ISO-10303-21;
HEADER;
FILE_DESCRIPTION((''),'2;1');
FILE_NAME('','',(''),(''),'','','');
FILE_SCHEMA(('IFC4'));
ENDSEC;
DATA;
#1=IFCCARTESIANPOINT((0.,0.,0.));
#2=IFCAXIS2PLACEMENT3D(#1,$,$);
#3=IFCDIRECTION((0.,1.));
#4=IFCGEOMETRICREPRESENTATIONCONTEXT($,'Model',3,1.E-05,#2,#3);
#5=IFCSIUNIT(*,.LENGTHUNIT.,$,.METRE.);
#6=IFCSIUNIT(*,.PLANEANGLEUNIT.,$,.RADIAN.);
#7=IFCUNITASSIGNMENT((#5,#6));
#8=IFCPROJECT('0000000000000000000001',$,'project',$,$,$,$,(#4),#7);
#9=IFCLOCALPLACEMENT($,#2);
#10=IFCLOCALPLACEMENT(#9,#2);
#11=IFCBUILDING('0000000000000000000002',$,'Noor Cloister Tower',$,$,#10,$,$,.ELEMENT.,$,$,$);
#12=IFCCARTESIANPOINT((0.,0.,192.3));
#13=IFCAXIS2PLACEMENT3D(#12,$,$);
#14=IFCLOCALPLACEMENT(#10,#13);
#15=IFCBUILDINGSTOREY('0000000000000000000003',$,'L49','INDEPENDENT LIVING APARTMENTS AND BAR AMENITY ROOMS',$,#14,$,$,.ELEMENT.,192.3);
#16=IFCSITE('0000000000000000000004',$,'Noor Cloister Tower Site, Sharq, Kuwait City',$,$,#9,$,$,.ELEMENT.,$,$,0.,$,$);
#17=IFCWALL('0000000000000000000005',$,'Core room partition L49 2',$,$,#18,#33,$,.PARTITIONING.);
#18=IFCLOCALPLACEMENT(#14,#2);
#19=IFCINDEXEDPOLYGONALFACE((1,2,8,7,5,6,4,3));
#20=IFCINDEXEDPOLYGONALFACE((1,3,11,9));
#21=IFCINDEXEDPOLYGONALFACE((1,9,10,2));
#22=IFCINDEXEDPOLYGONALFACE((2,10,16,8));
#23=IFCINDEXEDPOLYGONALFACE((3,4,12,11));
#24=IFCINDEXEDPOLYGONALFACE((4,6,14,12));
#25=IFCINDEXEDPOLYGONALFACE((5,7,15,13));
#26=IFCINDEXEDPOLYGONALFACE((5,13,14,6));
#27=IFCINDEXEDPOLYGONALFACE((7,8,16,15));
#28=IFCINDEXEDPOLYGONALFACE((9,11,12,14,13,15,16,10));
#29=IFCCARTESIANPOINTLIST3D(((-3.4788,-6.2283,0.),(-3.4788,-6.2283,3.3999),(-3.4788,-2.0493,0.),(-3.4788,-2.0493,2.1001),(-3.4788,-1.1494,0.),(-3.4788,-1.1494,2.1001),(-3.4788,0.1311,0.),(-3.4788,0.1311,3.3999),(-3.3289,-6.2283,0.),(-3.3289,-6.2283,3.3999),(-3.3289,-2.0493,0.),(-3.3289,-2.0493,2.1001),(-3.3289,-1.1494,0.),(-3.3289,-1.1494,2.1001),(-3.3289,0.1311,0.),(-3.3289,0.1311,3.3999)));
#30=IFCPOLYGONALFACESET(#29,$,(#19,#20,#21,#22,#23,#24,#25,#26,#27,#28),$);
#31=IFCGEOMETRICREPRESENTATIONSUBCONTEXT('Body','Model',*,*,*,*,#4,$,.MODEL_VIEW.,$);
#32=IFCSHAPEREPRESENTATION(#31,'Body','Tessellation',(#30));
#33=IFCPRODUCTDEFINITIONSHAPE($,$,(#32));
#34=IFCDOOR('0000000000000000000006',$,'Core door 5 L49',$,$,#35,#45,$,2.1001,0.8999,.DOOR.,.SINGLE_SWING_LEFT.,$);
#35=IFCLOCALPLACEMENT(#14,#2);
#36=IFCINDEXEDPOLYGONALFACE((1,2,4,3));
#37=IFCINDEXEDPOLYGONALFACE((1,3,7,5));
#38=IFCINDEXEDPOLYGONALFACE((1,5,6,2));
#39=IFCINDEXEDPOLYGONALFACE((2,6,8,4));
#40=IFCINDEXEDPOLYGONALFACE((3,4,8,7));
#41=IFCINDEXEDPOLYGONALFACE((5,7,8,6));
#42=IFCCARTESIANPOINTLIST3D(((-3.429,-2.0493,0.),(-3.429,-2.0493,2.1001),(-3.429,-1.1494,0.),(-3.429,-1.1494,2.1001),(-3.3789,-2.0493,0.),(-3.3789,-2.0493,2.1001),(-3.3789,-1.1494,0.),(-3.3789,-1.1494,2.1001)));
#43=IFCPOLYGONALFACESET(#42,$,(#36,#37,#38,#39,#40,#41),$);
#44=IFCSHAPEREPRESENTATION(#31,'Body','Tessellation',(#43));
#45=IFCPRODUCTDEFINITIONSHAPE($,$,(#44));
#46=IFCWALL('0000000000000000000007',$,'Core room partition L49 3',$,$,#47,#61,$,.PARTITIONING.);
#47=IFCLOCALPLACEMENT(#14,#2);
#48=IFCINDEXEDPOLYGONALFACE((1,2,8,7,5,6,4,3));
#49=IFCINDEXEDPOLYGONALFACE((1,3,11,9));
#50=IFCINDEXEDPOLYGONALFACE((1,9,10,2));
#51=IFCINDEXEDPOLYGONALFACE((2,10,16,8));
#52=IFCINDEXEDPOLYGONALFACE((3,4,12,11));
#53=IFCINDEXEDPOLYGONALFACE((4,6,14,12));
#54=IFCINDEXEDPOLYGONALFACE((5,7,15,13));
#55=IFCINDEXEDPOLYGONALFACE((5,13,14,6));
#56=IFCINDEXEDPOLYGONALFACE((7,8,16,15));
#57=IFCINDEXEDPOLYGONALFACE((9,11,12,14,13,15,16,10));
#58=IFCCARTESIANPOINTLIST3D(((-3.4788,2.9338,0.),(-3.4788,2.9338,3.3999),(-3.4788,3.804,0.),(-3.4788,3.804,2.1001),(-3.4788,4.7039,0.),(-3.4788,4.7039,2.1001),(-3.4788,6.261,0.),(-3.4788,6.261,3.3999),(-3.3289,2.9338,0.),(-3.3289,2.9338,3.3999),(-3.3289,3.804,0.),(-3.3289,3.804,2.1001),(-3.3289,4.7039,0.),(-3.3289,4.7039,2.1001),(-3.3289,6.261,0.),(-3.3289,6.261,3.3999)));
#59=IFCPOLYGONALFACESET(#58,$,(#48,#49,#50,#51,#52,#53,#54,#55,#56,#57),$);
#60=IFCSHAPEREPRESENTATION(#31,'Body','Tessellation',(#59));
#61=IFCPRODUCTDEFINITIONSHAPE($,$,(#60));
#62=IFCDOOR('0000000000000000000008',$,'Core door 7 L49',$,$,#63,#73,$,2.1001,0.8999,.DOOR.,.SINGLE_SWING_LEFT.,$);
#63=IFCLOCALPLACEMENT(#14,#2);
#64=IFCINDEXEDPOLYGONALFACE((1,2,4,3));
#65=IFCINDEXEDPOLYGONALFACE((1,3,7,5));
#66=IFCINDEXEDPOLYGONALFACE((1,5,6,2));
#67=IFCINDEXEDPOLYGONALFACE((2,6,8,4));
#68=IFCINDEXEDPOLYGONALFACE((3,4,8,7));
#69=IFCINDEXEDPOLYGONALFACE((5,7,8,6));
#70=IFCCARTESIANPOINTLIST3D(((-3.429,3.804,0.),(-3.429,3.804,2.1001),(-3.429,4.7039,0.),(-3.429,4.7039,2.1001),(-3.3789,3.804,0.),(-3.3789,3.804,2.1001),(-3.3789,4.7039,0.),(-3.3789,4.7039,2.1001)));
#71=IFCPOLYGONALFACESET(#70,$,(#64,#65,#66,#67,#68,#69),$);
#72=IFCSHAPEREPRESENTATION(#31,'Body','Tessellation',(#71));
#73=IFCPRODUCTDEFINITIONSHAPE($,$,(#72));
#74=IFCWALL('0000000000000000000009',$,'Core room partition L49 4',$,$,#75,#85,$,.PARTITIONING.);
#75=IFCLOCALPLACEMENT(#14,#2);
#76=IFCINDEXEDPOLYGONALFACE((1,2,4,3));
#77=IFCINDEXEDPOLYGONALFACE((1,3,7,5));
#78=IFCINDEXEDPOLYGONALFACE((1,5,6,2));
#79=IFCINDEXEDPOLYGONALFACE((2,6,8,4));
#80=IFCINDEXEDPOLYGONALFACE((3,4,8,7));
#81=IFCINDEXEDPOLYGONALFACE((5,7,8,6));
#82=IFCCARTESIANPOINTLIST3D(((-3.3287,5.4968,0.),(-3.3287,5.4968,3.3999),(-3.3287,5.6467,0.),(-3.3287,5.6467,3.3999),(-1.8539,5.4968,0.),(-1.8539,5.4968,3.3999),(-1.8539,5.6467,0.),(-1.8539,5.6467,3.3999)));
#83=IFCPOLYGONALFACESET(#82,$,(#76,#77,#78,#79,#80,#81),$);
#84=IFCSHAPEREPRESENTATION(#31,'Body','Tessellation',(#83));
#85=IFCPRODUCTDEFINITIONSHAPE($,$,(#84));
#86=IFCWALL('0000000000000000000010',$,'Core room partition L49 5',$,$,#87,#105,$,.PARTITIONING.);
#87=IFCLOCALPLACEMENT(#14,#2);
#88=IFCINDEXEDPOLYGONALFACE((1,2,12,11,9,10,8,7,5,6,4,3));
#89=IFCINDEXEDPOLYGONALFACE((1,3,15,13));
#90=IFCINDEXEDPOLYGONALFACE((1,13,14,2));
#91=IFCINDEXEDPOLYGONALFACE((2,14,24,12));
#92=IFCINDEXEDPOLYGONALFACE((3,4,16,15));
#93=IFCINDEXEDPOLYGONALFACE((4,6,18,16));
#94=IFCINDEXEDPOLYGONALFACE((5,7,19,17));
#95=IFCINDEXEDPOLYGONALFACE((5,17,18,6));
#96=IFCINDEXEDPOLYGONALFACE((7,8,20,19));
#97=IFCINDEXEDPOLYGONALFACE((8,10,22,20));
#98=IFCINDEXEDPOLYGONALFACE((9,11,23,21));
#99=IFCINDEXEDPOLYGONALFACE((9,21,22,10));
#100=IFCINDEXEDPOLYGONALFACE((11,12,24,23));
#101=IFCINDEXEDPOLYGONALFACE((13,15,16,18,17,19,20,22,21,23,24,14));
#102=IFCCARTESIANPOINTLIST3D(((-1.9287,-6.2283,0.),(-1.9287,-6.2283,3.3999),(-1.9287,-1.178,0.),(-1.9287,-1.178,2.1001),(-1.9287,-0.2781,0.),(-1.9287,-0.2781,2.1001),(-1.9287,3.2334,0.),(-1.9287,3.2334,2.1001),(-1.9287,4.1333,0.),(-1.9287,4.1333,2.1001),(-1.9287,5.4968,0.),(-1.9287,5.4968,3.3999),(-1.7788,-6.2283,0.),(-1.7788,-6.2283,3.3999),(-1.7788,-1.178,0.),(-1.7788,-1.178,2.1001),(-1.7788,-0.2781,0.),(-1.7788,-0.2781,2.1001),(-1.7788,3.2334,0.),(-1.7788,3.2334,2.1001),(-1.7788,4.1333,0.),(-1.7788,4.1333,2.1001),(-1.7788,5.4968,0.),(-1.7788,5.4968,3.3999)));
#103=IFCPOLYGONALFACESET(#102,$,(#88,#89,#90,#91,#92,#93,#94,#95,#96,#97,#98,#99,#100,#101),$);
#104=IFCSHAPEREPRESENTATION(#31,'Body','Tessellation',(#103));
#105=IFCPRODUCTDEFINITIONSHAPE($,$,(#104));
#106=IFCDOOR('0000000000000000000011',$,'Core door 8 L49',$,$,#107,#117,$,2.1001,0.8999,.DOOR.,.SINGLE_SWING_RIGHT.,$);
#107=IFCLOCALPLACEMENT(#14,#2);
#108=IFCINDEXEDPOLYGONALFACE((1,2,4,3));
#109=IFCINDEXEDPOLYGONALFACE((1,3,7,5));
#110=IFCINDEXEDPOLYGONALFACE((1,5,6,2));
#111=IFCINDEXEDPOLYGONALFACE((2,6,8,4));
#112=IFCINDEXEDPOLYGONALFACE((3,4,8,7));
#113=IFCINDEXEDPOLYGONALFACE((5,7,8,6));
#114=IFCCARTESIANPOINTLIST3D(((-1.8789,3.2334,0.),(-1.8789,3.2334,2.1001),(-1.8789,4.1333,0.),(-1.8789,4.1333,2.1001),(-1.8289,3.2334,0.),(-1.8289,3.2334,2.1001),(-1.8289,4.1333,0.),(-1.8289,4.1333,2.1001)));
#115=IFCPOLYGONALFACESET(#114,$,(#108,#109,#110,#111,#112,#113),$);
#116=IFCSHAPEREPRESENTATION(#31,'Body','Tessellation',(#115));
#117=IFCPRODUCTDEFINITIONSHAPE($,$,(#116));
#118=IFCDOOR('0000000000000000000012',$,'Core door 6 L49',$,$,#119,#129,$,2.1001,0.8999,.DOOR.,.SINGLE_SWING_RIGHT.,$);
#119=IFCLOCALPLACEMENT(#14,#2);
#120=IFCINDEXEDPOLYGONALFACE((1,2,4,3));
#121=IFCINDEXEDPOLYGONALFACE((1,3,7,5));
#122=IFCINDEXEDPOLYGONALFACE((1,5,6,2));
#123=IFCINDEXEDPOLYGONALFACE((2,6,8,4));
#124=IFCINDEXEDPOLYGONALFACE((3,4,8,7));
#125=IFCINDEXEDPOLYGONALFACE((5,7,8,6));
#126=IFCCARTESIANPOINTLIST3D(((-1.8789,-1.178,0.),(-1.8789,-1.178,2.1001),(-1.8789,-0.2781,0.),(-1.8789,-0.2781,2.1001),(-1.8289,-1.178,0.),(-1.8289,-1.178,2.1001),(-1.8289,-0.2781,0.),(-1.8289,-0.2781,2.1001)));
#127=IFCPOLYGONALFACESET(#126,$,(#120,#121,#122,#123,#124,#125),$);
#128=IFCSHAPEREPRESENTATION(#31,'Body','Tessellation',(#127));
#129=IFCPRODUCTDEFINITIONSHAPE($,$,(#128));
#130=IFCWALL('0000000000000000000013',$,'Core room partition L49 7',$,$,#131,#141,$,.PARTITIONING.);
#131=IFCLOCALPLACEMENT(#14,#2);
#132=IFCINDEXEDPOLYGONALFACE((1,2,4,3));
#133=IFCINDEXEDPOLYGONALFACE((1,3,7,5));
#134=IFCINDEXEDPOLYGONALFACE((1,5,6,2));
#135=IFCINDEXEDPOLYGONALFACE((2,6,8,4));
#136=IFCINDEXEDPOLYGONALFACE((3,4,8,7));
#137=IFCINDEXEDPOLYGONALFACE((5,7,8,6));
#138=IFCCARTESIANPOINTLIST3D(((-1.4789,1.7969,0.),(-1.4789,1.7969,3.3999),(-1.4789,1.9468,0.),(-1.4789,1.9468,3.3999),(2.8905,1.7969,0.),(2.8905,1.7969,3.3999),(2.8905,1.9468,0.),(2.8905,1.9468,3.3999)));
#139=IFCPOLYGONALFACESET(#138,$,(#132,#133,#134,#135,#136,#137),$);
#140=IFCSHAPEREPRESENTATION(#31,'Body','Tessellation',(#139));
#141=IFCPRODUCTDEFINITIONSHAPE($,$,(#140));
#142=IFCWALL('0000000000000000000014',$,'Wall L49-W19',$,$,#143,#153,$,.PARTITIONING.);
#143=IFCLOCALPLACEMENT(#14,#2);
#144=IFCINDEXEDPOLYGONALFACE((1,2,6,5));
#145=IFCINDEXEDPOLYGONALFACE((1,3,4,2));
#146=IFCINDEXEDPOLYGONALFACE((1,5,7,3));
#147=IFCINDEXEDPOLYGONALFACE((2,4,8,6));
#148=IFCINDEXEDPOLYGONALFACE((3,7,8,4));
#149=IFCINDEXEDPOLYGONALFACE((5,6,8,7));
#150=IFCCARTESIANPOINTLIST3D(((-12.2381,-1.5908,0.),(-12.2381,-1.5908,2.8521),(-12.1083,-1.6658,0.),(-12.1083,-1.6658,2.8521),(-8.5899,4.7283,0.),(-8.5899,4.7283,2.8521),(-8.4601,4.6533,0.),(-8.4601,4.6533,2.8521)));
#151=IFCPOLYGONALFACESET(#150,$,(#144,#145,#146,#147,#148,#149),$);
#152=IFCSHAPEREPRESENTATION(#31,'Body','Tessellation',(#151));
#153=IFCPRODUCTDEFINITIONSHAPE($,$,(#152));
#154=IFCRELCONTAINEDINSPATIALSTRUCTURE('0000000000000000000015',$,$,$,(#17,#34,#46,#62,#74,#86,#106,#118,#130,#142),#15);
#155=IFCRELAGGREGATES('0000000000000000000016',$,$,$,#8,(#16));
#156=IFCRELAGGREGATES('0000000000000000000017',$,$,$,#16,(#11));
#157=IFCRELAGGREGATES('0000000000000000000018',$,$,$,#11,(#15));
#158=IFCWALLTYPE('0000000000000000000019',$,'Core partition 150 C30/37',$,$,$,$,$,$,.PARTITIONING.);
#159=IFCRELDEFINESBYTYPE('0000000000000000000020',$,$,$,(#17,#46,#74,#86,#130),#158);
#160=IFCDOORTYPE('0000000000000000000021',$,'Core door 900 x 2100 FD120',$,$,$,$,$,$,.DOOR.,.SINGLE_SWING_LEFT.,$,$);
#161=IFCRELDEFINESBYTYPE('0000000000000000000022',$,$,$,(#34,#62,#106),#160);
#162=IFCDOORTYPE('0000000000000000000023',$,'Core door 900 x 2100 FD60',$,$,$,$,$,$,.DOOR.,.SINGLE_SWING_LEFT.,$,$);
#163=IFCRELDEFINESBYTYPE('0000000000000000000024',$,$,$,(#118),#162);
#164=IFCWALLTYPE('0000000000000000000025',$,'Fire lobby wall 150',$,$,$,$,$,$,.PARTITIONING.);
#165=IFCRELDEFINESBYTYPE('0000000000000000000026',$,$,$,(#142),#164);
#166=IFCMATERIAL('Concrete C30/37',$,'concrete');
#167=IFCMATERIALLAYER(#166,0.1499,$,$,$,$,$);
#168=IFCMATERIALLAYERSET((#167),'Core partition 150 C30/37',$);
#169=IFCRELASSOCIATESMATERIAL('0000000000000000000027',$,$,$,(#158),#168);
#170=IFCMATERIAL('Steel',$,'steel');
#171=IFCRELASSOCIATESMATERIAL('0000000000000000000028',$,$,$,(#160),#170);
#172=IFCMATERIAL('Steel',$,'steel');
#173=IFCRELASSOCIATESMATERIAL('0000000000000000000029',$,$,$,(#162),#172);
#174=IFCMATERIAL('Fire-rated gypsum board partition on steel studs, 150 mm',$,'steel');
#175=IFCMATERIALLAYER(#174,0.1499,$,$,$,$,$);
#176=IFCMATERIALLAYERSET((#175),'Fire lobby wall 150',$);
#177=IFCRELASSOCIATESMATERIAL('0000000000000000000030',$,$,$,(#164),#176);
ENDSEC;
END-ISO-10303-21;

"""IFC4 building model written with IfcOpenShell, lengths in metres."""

from ifc_helpers import new_model, si_unit, direction, frame, frame_2d, origin, place, context, subcontext, project, spatial, rectangle, extrude, material, layer, layer_set, type_object, element, fill, save


model = new_model("IFC4")

# Units and contexts
model_context = context("Model", 3, precision=1e-05, world=origin(), true_north=direction((0.0, 1.0)))
body_context = subcontext(model_context, "Body", "Model", "MODEL_VIEW")
ifc_project = project(units=[si_unit("LENGTHUNIT", "METRE"), si_unit("PLANEANGLEUNIT", "RADIAN")], contexts=[model_context])

# Site, building, storey
site_placement = place(None, origin())
site = spatial("IfcSite", under=ifc_project, at=site_placement, Name="Noor Cloister Tower Site, Sharq, Kuwait City", CompositionType="ELEMENT", RefElevation=0.0)
building_placement = place(site_placement, origin())
building = spatial("IfcBuilding", under=site, at=building_placement, Name="Noor Cloister Tower", CompositionType="ELEMENT")
storey_placement = place(building_placement, frame((0.0, 0.0, 192.3)))
storey = spatial("IfcBuildingStorey", under=building, at=storey_placement, Name="L49", Description="INDEPENDENT LIVING APARTMENTS AND BAR AMENITY ROOMS", CompositionType="ELEMENT", Elevation=192.3)

# Walls, openings, doors
ifc_material_1 = material(Name="Concrete C30/37", Category="concrete")
ifc_layer_1 = layer(ifc_material_1, 0.1499)
ifc_layer_set_1 = layer_set([ifc_layer_1], Name="Core partition 150 C30/37")
wall_type_1 = type_object("IfcWallType", Name="Core partition 150 C30/37", PredefinedType="PARTITIONING", material=ifc_layer_set_1)
wall_1_placement = place(storey_placement, frame((-3.4038, 0.1311, 0.0), z_axis=(0.0, 0.0, 1.0), x_axis=(0.0, -1.0, 0.0)))
wall_1 = element("IfcWall", 1, at=wall_1_placement, inside=storey, type_object=wall_type_1, Name="Core room partition L49 2", PredefinedType="PARTITIONING", context=body_context, shape_type="SweptSolid", body=[
    extrude(rectangle(XDim=6.3594, YDim=0.1499, at=frame_2d((3.1797, 0.0))), origin(), (0.0, 0.0, 1.0), 3.3999),
])
opening_1_placement = place(wall_1_placement, frame((1.2805, 0.0, 0.0)))
opening_1 = element("IfcOpeningElement", 2, at=opening_1_placement, cuts=wall_1, PredefinedType="OPENING", context=body_context, shape_type="SweptSolid", body=[
    extrude(rectangle(XDim=0.8999, YDim=2.1001, at=frame_2d((0.45, 1.05))), frame((0.0, 0.085, 0.0), z_axis=(0.0, -1.0, 0.0), x_axis=(1.0, 0.0, 0.0)), (0.0, 0.0, 1.0), 0.1699),
])
ifc_material_2 = material(Name="Steel", Category="steel")
door_type_1 = type_object("IfcDoorType", Name="Core door 900 x 2100 FD120", OperationType="SINGLE_SWING_LEFT", PredefinedType="DOOR", material=ifc_material_2)
door_1_placement = place(opening_1_placement, origin())
door_1 = element("IfcDoor", 3, at=door_1_placement, inside=storey, type_object=door_type_1, Name="Core door 5 L49", OperationType="SINGLE_SWING_LEFT", OverallHeight=2.1001, OverallWidth=0.8999, PredefinedType="DOOR", context=body_context, shape_type="SweptSolid", body=[
    extrude(rectangle(XDim=0.8999, YDim=2.1001, at=frame_2d((0.45, 1.05))), frame((0.0, 0.0249, 0.0), z_axis=(0.0, -1.0, 0.0), x_axis=(1.0, 0.0, 0.0)), (0.0, 0.0, 1.0), 0.05),
])
fill(opening_1, door_1)
wall_2_placement = place(storey_placement, frame((-3.4038, 6.261, 0.0), z_axis=(0.0, 0.0, 1.0), x_axis=(0.0, -1.0, 0.0)))
wall_2 = element("IfcWall", 4, at=wall_2_placement, inside=storey, type_object=wall_type_1, Name="Core room partition L49 3", PredefinedType="PARTITIONING", context=body_context, shape_type="SweptSolid", body=[
    extrude(rectangle(XDim=3.3271, YDim=0.1499, at=frame_2d((1.6636, 0.0))), origin(), (0.0, 0.0, 1.0), 3.3999),
])
opening_2_placement = place(wall_2_placement, frame((1.5571, 0.0, 0.0)))
opening_2 = element("IfcOpeningElement", 5, at=opening_2_placement, cuts=wall_2, PredefinedType="OPENING", context=body_context, shape_type="SweptSolid", body=[
    extrude(rectangle(XDim=0.8999, YDim=2.1001, at=frame_2d((0.45, 1.05))), frame((0.0, 0.085, 0.0), z_axis=(0.0, -1.0, 0.0), x_axis=(1.0, 0.0, 0.0)), (0.0, 0.0, 1.0), 0.1699),
])
door_2_placement = place(opening_2_placement, origin())
door_2 = element("IfcDoor", 6, at=door_2_placement, inside=storey, type_object=door_type_1, Name="Core door 7 L49", OperationType="SINGLE_SWING_LEFT", OverallHeight=2.1001, OverallWidth=0.8999, PredefinedType="DOOR", context=body_context, shape_type="SweptSolid", body=[
    extrude(rectangle(XDim=0.8999, YDim=2.1001, at=frame_2d((0.45, 1.05))), frame((0.0, 0.0249, 0.0), z_axis=(0.0, -1.0, 0.0), x_axis=(1.0, 0.0, 0.0)), (0.0, 0.0, 1.0), 0.05),
])
fill(opening_2, door_2)

# Wall
wall_3_placement = place(storey_placement, frame((-3.3286, 5.5718, 0.0), z_axis=(0.0, 0.0, 1.0), x_axis=(1.0, 0.0, 0.0)))
element("IfcWall", 7, at=wall_3_placement, inside=storey, type_object=wall_type_1, Name="Core room partition L49 4", PredefinedType="PARTITIONING", context=body_context, shape_type="SweptSolid", body=[
    extrude(rectangle(XDim=1.4749, YDim=0.1499, at=frame_2d((0.7373, 0.0))), origin(), (0.0, 0.0, 1.0), 3.3999),
])

# Wall, openings, doors
wall_4_placement = place(storey_placement, frame((-1.8538, 5.4968, 0.0), z_axis=(0.0, 0.0, 1.0), x_axis=(0.0, -1.0, 0.0)))
wall_4 = element("IfcWall", 8, at=wall_4_placement, inside=storey, type_object=wall_type_1, Name="Core room partition L49 5", PredefinedType="PARTITIONING", context=body_context, shape_type="SweptSolid", body=[
    extrude(rectangle(XDim=11.7251, YDim=0.1499, at=frame_2d((5.8625, 0.0))), origin(), (0.0, 0.0, 1.0), 3.3999),
])
opening_3_placement = place(wall_4_placement, frame((5.7749, 0.0, 0.0)))
opening_3 = element("IfcOpeningElement", 9, at=opening_3_placement, cuts=wall_4, PredefinedType="OPENING", context=body_context, shape_type="SweptSolid", body=[
    extrude(rectangle(XDim=0.8999, YDim=2.1001, at=frame_2d((0.45, 1.05))), frame((0.0, 0.085, 0.0), z_axis=(0.0, -1.0, 0.0), x_axis=(1.0, 0.0, 0.0)), (0.0, 0.0, 1.0), 0.1699),
])
opening_4_placement = place(wall_4_placement, frame((1.3635, 0.0, 0.0)))
opening_4 = element("IfcOpeningElement", 10, at=opening_4_placement, cuts=wall_4, PredefinedType="OPENING", context=body_context, shape_type="SweptSolid", body=[
    extrude(rectangle(XDim=0.8999, YDim=2.1001, at=frame_2d((0.45, 1.05))), frame((0.0, 0.085, 0.0), z_axis=(0.0, -1.0, 0.0), x_axis=(1.0, 0.0, 0.0)), (0.0, 0.0, 1.0), 0.1699),
])
door_3_placement = place(opening_4_placement, origin())
door_3 = element("IfcDoor", 11, at=door_3_placement, inside=storey, type_object=door_type_1, Name="Core door 8 L49", OperationType="SINGLE_SWING_RIGHT", OverallHeight=2.1001, OverallWidth=0.8999, PredefinedType="DOOR", context=body_context, shape_type="SweptSolid", body=[
    extrude(rectangle(XDim=0.8999, YDim=2.1001, at=frame_2d((0.45, 1.05))), frame((0.0, 0.0249, 0.0), z_axis=(0.0, -1.0, 0.0), x_axis=(1.0, 0.0, 0.0)), (0.0, 0.0, 1.0), 0.05),
])
fill(opening_4, door_3)
ifc_material_3 = material(Name="Steel", Category="steel")
door_type_2 = type_object("IfcDoorType", Name="Core door 900 x 2100 FD60", OperationType="SINGLE_SWING_LEFT", PredefinedType="DOOR", material=ifc_material_3)
door_4_placement = place(opening_3_placement, origin())
door_4 = element("IfcDoor", 12, at=door_4_placement, inside=storey, type_object=door_type_2, Name="Core door 6 L49", OperationType="SINGLE_SWING_RIGHT", OverallHeight=2.1001, OverallWidth=0.8999, PredefinedType="DOOR", context=body_context, shape_type="SweptSolid", body=[
    extrude(rectangle(XDim=0.8999, YDim=2.1001, at=frame_2d((0.45, 1.05))), frame((0.0, 0.0249, 0.0), z_axis=(0.0, -1.0, 0.0), x_axis=(1.0, 0.0, 0.0)), (0.0, 0.0, 1.0), 0.05),
])
fill(opening_3, door_4)

# Walls
wall_5_placement = place(storey_placement, frame((-1.4788, 1.8718, 0.0), z_axis=(0.0, 0.0, 1.0), x_axis=(1.0, 0.0, 0.0)))
element("IfcWall", 13, at=wall_5_placement, inside=storey, type_object=wall_type_1, Name="Core room partition L49 7", PredefinedType="PARTITIONING", context=body_context, shape_type="SweptSolid", body=[
    extrude(rectangle(XDim=4.3694, YDim=0.1499, at=frame_2d((2.1846, 0.0))), origin(), (0.0, 0.0, 1.0), 3.3999),
])
ifc_material_4 = material(Name="Fire-rated gypsum board partition on steel studs, 150 mm", Category="steel")
ifc_layer_2 = layer(ifc_material_4, 0.1499)
ifc_layer_set_2 = layer_set([ifc_layer_2], Name="Fire lobby wall 150")
wall_type_2 = type_object("IfcWallType", Name="Fire lobby wall 150", PredefinedType="PARTITIONING", material=ifc_layer_set_2)
wall_6_placement = place(storey_placement, frame((-8.5249, 4.6909, 0.0), z_axis=(0.0, 0.0, 1.0), x_axis=(-0.499986, -0.866033, 0.0)))
element("IfcWall", 14, at=wall_6_placement, inside=storey, type_object=wall_type_2, Name="Wall L49-W19", PredefinedType="PARTITIONING", context=body_context, shape_type="SweptSolid", body=[
    extrude(rectangle(XDim=7.2966, YDim=0.1499, at=frame_2d((3.6484, 0.0))), origin(), (0.0, 0.0, 1.0), 2.8521),
])

save(model, "model.ifc")
